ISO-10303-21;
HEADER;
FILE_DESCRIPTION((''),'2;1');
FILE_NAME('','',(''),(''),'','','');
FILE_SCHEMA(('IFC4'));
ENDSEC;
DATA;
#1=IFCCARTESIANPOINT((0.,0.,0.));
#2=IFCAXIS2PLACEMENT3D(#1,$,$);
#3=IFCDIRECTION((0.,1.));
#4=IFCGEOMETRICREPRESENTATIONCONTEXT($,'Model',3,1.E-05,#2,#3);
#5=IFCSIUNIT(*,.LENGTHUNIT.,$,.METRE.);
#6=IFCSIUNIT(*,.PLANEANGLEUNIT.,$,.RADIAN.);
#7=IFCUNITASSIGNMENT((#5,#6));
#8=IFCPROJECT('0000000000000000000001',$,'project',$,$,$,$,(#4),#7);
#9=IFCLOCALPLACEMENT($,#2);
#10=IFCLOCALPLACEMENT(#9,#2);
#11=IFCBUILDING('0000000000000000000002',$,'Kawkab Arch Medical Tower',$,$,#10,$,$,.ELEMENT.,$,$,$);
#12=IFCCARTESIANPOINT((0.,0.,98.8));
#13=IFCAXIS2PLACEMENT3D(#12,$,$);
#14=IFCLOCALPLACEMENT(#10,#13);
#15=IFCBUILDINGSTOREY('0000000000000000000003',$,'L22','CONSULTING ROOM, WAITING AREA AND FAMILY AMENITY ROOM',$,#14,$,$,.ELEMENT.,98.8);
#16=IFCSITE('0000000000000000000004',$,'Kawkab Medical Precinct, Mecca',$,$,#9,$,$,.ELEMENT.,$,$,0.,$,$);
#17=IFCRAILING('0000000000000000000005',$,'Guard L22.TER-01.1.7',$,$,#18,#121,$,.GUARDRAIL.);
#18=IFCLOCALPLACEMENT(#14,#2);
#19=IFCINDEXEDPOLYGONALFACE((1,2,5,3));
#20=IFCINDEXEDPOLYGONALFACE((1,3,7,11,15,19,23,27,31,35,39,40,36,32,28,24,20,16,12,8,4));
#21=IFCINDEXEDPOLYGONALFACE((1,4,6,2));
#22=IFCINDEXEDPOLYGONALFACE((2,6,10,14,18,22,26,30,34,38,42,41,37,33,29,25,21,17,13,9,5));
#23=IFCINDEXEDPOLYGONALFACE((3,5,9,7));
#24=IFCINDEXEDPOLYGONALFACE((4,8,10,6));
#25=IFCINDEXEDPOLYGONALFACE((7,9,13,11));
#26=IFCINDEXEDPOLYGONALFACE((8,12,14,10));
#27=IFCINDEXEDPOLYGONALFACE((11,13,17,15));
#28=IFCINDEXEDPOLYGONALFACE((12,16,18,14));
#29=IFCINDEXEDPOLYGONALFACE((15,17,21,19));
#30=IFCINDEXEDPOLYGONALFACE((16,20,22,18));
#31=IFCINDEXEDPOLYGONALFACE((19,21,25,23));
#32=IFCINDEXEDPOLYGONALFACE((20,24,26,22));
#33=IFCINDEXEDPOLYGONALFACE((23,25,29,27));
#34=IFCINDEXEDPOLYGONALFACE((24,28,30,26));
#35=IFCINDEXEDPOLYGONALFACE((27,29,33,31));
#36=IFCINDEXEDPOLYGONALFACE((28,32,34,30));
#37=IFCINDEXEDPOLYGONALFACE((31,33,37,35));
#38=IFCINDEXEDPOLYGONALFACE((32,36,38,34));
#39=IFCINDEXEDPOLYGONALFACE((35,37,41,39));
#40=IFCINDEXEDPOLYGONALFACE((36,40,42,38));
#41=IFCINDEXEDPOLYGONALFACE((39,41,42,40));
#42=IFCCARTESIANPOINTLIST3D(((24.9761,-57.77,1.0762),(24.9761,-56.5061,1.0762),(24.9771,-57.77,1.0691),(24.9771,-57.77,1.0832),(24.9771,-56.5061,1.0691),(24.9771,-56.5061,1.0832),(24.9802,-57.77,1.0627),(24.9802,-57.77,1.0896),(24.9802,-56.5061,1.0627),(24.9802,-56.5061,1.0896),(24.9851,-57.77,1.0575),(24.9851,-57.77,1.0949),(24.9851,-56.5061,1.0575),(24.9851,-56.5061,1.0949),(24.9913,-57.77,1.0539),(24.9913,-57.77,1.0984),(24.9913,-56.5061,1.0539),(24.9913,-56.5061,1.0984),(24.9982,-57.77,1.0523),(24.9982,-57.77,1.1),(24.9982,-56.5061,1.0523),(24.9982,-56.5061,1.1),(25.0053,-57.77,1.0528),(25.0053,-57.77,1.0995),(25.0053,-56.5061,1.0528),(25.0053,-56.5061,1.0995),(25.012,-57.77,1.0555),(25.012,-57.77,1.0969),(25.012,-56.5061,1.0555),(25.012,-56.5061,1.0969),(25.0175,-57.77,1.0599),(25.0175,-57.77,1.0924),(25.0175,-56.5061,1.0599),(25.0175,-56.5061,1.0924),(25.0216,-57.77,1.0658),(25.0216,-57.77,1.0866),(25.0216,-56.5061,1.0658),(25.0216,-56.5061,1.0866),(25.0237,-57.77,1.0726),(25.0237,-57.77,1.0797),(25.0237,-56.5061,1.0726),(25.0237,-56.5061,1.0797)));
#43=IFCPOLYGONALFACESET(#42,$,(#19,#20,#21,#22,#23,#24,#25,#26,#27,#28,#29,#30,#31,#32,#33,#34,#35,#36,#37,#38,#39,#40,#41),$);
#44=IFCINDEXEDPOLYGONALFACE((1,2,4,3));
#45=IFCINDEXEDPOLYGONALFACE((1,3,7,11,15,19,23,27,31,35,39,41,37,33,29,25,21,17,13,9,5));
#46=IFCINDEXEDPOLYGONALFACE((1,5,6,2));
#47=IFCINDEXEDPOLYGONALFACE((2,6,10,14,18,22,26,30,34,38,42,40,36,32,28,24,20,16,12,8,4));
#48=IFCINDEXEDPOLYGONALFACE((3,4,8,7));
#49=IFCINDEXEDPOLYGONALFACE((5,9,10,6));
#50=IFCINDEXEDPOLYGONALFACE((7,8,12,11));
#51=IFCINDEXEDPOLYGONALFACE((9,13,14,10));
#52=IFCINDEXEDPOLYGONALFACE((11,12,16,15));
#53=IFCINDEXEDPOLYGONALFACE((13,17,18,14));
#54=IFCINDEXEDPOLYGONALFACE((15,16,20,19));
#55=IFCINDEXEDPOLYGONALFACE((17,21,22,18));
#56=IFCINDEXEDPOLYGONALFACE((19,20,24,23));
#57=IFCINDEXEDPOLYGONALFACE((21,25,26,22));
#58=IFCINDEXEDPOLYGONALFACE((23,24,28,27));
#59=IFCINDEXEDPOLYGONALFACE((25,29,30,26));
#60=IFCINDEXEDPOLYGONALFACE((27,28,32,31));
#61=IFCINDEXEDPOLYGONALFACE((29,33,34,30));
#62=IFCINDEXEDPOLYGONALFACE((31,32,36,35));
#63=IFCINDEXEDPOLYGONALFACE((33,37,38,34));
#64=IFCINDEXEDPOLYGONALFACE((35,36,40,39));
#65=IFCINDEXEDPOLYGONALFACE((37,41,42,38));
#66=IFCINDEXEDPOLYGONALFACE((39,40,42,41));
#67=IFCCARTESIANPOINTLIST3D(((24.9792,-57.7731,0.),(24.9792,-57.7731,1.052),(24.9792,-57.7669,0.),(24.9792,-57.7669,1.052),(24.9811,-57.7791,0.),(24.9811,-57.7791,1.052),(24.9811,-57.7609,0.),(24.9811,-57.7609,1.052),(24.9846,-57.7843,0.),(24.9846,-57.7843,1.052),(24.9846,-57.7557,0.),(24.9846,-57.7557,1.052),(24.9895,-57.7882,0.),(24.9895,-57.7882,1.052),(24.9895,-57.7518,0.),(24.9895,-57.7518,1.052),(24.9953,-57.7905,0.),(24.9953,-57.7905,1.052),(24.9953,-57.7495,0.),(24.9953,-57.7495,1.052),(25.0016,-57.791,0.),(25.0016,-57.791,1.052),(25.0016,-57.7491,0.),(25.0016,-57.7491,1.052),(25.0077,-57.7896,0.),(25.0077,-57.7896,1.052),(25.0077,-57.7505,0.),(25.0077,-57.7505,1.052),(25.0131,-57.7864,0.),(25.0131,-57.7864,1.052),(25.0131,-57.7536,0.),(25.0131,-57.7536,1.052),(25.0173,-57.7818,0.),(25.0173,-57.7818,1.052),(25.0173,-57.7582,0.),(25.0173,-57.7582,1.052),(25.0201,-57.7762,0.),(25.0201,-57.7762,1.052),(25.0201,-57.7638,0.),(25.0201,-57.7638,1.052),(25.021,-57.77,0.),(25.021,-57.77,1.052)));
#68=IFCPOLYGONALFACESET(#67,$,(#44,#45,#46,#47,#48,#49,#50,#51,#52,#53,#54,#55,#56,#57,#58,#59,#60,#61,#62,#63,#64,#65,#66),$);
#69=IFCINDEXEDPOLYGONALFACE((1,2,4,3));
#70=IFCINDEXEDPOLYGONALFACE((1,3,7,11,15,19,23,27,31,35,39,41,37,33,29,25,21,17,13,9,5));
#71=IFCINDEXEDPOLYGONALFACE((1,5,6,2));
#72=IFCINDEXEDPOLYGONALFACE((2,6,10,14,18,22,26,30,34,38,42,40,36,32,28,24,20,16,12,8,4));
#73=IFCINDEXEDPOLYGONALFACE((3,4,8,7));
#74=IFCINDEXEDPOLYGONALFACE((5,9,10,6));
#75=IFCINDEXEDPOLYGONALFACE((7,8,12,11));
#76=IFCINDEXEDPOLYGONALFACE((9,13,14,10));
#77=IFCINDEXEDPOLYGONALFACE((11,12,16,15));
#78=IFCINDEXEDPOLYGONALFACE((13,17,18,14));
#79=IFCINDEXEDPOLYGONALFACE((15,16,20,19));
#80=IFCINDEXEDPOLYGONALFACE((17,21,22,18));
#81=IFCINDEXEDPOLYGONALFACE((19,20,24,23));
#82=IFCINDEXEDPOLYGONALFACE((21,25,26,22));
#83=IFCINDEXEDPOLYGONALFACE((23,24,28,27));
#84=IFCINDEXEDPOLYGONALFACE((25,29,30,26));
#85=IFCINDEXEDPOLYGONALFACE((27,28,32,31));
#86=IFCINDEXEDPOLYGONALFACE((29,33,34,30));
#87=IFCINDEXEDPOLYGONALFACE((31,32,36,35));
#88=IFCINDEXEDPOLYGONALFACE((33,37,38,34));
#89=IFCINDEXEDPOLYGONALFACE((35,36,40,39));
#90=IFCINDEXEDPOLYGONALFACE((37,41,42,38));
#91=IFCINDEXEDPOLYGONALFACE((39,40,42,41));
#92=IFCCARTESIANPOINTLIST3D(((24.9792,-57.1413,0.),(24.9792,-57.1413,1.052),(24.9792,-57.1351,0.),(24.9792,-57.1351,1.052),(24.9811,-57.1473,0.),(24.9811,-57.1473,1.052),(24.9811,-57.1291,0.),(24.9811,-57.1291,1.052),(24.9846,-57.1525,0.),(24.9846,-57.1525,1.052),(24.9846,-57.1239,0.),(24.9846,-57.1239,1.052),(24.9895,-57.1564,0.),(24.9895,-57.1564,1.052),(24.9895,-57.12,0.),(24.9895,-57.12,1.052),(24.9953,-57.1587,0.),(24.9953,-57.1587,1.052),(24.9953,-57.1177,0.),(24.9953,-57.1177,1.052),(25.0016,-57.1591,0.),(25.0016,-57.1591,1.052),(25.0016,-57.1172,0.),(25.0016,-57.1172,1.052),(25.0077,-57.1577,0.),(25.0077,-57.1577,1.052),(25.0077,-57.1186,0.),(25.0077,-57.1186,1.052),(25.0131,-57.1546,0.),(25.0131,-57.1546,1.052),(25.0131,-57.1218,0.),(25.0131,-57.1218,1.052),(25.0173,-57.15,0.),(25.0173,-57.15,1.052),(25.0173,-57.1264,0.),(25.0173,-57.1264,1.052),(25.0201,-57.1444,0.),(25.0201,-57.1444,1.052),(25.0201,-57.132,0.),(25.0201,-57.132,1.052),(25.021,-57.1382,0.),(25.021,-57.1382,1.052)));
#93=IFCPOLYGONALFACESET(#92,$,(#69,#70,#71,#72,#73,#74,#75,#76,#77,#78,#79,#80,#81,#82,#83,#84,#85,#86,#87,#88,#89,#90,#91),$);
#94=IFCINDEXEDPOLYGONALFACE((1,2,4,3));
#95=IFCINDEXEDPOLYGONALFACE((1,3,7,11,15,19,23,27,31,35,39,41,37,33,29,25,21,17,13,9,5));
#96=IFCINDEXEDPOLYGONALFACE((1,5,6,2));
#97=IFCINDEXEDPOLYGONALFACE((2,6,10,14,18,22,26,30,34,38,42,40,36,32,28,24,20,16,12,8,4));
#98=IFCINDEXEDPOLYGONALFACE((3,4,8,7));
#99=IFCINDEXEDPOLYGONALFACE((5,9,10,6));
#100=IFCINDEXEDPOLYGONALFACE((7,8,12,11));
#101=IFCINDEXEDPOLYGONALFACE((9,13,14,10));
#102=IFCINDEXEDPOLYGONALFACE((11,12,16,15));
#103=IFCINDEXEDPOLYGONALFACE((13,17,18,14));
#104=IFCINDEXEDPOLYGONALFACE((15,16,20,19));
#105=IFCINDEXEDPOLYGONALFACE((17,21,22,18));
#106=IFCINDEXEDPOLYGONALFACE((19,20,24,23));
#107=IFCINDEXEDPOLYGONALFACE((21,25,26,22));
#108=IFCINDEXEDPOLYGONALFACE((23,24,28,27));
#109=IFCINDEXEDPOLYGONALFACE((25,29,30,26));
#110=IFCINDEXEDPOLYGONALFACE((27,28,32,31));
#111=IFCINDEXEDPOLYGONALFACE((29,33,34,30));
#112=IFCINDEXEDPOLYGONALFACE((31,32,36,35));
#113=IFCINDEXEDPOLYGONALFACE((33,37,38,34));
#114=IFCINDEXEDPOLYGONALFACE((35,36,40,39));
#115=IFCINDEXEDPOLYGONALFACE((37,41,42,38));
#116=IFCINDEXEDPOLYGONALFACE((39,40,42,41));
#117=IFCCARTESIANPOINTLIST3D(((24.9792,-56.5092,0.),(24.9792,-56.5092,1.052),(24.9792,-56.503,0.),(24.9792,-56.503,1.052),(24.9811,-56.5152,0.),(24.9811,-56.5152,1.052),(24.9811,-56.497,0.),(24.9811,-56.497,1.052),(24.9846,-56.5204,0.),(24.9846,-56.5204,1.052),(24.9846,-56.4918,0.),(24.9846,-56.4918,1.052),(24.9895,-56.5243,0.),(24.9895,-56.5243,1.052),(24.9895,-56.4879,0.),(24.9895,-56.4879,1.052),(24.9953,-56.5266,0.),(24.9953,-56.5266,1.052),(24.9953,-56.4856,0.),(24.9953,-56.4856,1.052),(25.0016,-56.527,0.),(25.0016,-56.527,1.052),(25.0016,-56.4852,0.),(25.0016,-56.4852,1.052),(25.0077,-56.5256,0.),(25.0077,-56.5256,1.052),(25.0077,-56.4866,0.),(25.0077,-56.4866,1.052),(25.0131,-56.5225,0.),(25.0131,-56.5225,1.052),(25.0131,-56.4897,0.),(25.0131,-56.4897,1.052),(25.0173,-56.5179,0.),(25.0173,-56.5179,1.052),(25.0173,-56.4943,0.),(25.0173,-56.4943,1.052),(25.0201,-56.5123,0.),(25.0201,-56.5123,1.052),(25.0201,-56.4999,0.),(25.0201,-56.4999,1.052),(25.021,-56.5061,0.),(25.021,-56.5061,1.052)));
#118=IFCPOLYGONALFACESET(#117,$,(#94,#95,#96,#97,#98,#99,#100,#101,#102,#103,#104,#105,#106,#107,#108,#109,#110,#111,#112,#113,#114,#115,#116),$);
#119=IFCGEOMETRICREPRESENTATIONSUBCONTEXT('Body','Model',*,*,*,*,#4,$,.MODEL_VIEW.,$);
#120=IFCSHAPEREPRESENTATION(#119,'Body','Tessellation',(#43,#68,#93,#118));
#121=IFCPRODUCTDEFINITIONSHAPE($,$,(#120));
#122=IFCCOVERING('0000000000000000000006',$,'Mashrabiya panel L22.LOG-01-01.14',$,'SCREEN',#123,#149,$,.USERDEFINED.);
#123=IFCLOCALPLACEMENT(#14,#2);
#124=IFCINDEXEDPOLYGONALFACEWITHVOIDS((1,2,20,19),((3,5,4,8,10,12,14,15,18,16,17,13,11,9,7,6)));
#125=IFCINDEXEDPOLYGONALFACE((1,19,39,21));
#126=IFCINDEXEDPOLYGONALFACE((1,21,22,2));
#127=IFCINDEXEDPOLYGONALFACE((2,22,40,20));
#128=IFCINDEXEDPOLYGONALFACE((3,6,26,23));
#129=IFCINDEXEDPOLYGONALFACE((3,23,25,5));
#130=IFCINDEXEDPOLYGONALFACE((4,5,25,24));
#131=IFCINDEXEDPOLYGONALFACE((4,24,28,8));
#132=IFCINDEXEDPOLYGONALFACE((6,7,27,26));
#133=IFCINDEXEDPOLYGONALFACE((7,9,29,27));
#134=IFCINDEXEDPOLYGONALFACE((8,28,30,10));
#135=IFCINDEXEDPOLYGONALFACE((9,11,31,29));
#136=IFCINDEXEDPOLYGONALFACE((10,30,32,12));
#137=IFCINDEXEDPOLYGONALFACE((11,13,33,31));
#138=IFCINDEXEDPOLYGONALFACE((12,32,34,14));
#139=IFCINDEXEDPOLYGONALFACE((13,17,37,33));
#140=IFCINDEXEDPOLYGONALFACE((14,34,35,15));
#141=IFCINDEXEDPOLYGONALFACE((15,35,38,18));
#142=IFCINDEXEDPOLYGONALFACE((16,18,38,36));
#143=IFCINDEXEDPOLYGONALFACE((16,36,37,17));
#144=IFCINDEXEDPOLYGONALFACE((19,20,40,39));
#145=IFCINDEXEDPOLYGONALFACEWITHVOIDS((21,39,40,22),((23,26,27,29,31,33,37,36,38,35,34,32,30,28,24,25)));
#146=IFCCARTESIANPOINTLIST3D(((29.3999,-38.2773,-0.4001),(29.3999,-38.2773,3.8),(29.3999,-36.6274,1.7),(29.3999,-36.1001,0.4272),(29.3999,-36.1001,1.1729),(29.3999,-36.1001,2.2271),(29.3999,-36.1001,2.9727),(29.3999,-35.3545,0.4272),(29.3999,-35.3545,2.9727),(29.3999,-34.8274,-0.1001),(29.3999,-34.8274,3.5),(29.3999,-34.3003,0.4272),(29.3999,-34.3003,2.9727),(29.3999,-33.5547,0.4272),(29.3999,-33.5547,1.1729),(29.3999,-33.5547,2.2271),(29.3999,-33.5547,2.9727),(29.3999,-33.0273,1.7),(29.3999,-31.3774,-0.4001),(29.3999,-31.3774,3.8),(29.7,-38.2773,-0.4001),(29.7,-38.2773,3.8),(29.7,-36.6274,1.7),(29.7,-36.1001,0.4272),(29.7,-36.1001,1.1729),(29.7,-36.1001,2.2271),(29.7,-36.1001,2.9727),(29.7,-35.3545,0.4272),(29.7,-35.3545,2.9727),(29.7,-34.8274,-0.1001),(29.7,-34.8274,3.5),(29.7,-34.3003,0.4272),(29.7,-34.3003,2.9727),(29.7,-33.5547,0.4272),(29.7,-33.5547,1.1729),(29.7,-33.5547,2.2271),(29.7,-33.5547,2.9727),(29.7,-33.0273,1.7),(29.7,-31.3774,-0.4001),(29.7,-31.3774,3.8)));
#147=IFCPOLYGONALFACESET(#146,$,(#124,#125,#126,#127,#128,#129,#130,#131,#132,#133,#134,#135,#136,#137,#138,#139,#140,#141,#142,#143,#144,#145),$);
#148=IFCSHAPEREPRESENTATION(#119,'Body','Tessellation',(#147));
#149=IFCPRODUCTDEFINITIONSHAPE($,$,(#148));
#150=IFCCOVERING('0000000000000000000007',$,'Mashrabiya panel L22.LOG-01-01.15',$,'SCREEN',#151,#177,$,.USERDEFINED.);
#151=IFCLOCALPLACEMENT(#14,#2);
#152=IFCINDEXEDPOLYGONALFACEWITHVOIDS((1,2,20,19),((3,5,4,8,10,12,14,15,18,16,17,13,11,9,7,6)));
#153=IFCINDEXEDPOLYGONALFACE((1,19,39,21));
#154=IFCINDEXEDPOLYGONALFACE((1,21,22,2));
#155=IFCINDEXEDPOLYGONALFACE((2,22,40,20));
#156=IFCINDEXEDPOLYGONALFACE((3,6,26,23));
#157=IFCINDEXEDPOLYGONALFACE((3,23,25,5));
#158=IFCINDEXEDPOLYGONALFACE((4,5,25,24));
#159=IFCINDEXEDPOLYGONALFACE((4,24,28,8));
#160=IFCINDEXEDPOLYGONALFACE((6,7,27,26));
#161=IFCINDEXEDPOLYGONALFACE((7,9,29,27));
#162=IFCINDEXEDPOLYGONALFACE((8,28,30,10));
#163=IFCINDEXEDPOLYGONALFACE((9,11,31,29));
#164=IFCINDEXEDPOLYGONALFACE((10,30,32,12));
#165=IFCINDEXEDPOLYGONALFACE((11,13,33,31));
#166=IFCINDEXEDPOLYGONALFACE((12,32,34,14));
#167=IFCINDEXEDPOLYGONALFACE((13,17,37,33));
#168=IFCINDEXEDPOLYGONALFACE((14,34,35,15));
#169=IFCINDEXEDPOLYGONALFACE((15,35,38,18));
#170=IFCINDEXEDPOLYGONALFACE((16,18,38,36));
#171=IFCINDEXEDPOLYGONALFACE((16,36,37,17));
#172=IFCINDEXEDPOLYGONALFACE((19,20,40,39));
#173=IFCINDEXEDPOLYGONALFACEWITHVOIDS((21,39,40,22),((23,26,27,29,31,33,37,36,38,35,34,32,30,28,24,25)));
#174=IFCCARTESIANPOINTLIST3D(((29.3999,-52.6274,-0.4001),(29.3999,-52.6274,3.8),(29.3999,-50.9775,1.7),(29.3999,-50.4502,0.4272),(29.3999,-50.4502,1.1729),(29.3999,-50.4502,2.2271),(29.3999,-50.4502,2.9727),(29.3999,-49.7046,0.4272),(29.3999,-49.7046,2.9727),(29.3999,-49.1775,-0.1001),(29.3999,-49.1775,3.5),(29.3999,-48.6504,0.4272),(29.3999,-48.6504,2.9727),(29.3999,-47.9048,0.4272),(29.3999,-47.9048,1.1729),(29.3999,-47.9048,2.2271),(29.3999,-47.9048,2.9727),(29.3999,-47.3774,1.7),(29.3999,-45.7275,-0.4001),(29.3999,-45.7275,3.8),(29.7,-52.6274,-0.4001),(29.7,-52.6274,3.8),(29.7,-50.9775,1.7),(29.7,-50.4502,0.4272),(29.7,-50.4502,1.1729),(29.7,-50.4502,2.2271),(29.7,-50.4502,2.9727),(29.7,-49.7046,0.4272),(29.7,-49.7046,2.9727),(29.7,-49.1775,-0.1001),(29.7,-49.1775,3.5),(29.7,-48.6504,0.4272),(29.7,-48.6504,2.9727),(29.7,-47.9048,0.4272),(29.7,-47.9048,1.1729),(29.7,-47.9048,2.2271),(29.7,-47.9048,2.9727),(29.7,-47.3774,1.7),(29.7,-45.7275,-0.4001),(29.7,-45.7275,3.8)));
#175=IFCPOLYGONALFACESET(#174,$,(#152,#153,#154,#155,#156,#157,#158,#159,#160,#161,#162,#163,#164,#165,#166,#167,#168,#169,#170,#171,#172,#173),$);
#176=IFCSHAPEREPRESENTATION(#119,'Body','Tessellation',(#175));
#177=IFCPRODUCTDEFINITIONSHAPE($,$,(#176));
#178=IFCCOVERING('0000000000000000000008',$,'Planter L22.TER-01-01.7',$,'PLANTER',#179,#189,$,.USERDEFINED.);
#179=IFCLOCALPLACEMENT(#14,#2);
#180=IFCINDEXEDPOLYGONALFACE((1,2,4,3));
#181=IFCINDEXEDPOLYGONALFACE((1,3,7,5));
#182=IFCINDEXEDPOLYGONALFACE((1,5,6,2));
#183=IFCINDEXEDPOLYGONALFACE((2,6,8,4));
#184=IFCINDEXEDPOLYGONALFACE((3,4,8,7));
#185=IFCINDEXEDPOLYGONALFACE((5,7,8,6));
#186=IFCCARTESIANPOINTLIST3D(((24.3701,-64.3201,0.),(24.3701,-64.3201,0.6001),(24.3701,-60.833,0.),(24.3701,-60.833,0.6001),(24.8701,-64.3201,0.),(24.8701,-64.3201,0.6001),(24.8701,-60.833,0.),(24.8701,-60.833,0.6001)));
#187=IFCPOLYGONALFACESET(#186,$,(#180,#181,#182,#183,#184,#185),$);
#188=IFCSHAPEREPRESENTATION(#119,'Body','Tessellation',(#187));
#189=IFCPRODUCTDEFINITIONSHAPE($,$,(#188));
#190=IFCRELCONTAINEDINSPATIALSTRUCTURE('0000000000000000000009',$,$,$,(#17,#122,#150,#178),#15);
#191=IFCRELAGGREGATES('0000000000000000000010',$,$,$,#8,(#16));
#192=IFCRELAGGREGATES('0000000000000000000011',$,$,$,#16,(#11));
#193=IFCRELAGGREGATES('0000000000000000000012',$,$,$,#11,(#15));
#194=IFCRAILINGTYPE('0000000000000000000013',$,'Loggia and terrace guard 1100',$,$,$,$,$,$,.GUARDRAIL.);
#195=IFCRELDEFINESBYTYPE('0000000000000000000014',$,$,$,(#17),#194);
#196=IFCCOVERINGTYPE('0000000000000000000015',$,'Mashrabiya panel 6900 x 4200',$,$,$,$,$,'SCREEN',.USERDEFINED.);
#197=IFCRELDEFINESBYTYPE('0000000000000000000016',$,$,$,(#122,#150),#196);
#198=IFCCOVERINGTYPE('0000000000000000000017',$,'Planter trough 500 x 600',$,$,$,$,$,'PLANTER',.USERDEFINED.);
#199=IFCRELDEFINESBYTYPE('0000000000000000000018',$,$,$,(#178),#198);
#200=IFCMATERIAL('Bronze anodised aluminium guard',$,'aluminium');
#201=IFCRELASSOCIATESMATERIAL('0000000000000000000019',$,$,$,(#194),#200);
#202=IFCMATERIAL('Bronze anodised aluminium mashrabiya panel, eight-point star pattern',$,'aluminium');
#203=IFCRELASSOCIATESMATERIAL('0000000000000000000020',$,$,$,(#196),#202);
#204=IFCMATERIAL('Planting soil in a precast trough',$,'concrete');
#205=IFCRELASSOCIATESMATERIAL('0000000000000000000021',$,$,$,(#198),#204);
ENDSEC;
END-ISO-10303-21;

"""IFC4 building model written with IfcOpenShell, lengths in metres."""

from ifc_helpers import new_model, si_unit, direction, frame, origin, origin_2d, place, context, subcontext, project, spatial, polyline, rectangle, circle, outline, extrude, material, material_profile, profile_set, type_object, element, save


model = new_model("IFC4")

# Units and contexts
model_context = context("Model", 3, precision=1e-05, world=origin(), true_north=direction((0.0, 1.0)))
body_context = subcontext(model_context, "Body", "Model", "MODEL_VIEW")
ifc_project = project(units=[si_unit("LENGTHUNIT", "METRE"), si_unit("PLANEANGLEUNIT", "RADIAN")], contexts=[model_context])

# Site, building, storey
site_placement = place(None, origin())
site = spatial("IfcSite", under=ifc_project, at=site_placement, Name="Kawkab Medical Precinct, Mecca", CompositionType="ELEMENT", RefElevation=0.0)
building_placement = place(site_placement, origin())
building = spatial("IfcBuilding", under=site, at=building_placement, Name="Kawkab Arch Medical Tower", CompositionType="ELEMENT")
storey_placement = place(building_placement, frame((0.0, 0.0, 98.8)))
storey = spatial("IfcBuildingStorey", under=building, at=storey_placement, Name="L22", Description="CONSULTING ROOM, WAITING AREA AND FAMILY AMENITY ROOM", CompositionType="ELEMENT", Elevation=98.8)

# Railing
ifc_material_1 = material(Name="Bronze anodised aluminium guard", Category="aluminium")
railing_type_1 = type_object("IfcRailingType", Name="Loggia and terrace guard 1100", PredefinedType="GUARDRAIL", material=ifc_material_1)
railing_1_placement = place(storey_placement, frame((25.0, -57.77, 0.0)))
element("IfcRailing", 1, at=railing_1_placement, inside=storey, type_object=railing_type_1, Name="Guard L22.TER-01.1.7", PredefinedType="GUARDRAIL", context=body_context, shape_type="SweptSolid", body=[
    extrude(circle(Radius=0.0239, at=origin_2d()), frame((0.0, 0.0, 1.0762), z_axis=(0.0, 1.0, 0.0), x_axis=(-1.0, 0.0, 0.0)), (0.0, 0.0, 1.0), 1.2639),
    extrude(circle(Radius=0.021, at=origin_2d()), origin(), (0.0, 0.0, 1.0), 1.052),
    extrude(circle(Radius=0.021, at=origin_2d()), frame((0.0, 0.6318, 0.0)), (0.0, 0.0, 1.0), 1.052),
    extrude(circle(Radius=0.021, at=origin_2d()), frame((0.0, 1.2639, 0.0)), (0.0, 0.0, 1.0), 1.052),
])

# Coverings
ifc_material_2 = material(Name="Bronze anodised aluminium mashrabiya panel, eight-point star pattern", Category="aluminium")
ifc_material_profile_1 = material_profile(ifc_material_2, outline(polyline([(-3.45, -2.1001), (3.45, -2.1001), (3.45, 2.1001), (-3.45, 2.1001), (-3.45, -2.1001)]), holes=[polyline([(1.8, 0.0), (1.2727, 0.5271), (1.2727, 1.2727), (0.5271, 1.2727), (0.0, 1.8), (-0.5271, 1.2727), (-1.2727, 1.2727), (-1.2727, 0.5271), (-1.8, 0.0), (-1.2727, -0.5271), (-1.2727, -1.2727), (-0.5271, -1.2727), (0.0, -1.8), (0.5271, -1.2727), (1.2727, -1.2727), (1.2727, -0.5271), (1.8, 0.0)])]), Name="Mashrabiya panel 6900x4200")
ifc_profile_set_1 = profile_set([ifc_material_profile_1], Name="Bronze anodised aluminium mashrabiya panel, eight-point star pattern")
covering_type_1 = type_object("IfcCoveringType", Name="Mashrabiya panel 6900 x 4200", ElementType="SCREEN", PredefinedType="USERDEFINED", material=ifc_profile_set_1)
for number, where, z_axis, x_axis, name in (
    (2, (29.3999, -34.8274, 1.7), (1.0, 0.0, 0.0), (0.0, 1.0, 0.0), "Mashrabiya panel L22.LOG-01-01.14"),
    (3, (29.3999, -49.1775, 1.7), (1.0, 0.0, 0.0), (0.0, 1.0, 0.0), "Mashrabiya panel L22.LOG-01-01.15"),
):
    element("IfcCovering", number, at=place(storey_placement, frame(where, z_axis=z_axis, x_axis=x_axis)), inside=storey, type_object=covering_type_1, Name=name, ObjectType="SCREEN", PredefinedType="USERDEFINED", context=body_context, shape_type="SweptSolid", body=[
        extrude(outline(polyline([(-3.45, -2.1001), (3.45, -2.1001), (3.45, 2.1001), (-3.45, 2.1001), (-3.45, -2.1001)]), holes=[polyline([(1.8, 0.0), (1.2727, 0.5271), (1.2727, 1.2727), (0.5271, 1.2727), (0.0, 1.8), (-0.5271, 1.2727), (-1.2727, 1.2727), (-1.2727, 0.5271), (-1.8, 0.0), (-1.2727, -0.5271), (-1.2727, -1.2727), (-0.5271, -1.2727), (0.0, -1.8), (0.5271, -1.2727), (1.2727, -1.2727), (1.2727, -0.5271), (1.8, 0.0)])]), origin(), (0.0, 0.0, 1.0), 0.3),
    ])
ifc_material_3 = material(Name="Planting soil in a precast trough", Category="concrete")
ifc_material_profile_2 = material_profile(ifc_material_3, rectangle(XDim=0.5, YDim=0.6001, at=origin_2d()), Name="Trough 500x600")
ifc_profile_set_2 = profile_set([ifc_material_profile_2], Name="Planting soil in a precast trough")
covering_type_2 = type_object("IfcCoveringType", Name="Planter trough 500 x 600", ElementType="PLANTER", PredefinedType="USERDEFINED", material=ifc_profile_set_2)
covering_1_placement = place(storey_placement, frame((24.6201, -64.3201, 0.3), z_axis=(0.0, 1.0, 0.0), x_axis=(-1.0, 0.0, 0.0)))
element("IfcCovering", 4, at=covering_1_placement, inside=storey, type_object=covering_type_2, Name="Planter L22.TER-01-01.7", ObjectType="PLANTER", PredefinedType="USERDEFINED", context=body_context, shape_type="SweptSolid", body=[
    extrude(rectangle(XDim=0.5, YDim=0.6001, at=origin_2d()), origin(), (0.0, 0.0, 1.0), 3.4871),
])

save(model, "model.ifc")
